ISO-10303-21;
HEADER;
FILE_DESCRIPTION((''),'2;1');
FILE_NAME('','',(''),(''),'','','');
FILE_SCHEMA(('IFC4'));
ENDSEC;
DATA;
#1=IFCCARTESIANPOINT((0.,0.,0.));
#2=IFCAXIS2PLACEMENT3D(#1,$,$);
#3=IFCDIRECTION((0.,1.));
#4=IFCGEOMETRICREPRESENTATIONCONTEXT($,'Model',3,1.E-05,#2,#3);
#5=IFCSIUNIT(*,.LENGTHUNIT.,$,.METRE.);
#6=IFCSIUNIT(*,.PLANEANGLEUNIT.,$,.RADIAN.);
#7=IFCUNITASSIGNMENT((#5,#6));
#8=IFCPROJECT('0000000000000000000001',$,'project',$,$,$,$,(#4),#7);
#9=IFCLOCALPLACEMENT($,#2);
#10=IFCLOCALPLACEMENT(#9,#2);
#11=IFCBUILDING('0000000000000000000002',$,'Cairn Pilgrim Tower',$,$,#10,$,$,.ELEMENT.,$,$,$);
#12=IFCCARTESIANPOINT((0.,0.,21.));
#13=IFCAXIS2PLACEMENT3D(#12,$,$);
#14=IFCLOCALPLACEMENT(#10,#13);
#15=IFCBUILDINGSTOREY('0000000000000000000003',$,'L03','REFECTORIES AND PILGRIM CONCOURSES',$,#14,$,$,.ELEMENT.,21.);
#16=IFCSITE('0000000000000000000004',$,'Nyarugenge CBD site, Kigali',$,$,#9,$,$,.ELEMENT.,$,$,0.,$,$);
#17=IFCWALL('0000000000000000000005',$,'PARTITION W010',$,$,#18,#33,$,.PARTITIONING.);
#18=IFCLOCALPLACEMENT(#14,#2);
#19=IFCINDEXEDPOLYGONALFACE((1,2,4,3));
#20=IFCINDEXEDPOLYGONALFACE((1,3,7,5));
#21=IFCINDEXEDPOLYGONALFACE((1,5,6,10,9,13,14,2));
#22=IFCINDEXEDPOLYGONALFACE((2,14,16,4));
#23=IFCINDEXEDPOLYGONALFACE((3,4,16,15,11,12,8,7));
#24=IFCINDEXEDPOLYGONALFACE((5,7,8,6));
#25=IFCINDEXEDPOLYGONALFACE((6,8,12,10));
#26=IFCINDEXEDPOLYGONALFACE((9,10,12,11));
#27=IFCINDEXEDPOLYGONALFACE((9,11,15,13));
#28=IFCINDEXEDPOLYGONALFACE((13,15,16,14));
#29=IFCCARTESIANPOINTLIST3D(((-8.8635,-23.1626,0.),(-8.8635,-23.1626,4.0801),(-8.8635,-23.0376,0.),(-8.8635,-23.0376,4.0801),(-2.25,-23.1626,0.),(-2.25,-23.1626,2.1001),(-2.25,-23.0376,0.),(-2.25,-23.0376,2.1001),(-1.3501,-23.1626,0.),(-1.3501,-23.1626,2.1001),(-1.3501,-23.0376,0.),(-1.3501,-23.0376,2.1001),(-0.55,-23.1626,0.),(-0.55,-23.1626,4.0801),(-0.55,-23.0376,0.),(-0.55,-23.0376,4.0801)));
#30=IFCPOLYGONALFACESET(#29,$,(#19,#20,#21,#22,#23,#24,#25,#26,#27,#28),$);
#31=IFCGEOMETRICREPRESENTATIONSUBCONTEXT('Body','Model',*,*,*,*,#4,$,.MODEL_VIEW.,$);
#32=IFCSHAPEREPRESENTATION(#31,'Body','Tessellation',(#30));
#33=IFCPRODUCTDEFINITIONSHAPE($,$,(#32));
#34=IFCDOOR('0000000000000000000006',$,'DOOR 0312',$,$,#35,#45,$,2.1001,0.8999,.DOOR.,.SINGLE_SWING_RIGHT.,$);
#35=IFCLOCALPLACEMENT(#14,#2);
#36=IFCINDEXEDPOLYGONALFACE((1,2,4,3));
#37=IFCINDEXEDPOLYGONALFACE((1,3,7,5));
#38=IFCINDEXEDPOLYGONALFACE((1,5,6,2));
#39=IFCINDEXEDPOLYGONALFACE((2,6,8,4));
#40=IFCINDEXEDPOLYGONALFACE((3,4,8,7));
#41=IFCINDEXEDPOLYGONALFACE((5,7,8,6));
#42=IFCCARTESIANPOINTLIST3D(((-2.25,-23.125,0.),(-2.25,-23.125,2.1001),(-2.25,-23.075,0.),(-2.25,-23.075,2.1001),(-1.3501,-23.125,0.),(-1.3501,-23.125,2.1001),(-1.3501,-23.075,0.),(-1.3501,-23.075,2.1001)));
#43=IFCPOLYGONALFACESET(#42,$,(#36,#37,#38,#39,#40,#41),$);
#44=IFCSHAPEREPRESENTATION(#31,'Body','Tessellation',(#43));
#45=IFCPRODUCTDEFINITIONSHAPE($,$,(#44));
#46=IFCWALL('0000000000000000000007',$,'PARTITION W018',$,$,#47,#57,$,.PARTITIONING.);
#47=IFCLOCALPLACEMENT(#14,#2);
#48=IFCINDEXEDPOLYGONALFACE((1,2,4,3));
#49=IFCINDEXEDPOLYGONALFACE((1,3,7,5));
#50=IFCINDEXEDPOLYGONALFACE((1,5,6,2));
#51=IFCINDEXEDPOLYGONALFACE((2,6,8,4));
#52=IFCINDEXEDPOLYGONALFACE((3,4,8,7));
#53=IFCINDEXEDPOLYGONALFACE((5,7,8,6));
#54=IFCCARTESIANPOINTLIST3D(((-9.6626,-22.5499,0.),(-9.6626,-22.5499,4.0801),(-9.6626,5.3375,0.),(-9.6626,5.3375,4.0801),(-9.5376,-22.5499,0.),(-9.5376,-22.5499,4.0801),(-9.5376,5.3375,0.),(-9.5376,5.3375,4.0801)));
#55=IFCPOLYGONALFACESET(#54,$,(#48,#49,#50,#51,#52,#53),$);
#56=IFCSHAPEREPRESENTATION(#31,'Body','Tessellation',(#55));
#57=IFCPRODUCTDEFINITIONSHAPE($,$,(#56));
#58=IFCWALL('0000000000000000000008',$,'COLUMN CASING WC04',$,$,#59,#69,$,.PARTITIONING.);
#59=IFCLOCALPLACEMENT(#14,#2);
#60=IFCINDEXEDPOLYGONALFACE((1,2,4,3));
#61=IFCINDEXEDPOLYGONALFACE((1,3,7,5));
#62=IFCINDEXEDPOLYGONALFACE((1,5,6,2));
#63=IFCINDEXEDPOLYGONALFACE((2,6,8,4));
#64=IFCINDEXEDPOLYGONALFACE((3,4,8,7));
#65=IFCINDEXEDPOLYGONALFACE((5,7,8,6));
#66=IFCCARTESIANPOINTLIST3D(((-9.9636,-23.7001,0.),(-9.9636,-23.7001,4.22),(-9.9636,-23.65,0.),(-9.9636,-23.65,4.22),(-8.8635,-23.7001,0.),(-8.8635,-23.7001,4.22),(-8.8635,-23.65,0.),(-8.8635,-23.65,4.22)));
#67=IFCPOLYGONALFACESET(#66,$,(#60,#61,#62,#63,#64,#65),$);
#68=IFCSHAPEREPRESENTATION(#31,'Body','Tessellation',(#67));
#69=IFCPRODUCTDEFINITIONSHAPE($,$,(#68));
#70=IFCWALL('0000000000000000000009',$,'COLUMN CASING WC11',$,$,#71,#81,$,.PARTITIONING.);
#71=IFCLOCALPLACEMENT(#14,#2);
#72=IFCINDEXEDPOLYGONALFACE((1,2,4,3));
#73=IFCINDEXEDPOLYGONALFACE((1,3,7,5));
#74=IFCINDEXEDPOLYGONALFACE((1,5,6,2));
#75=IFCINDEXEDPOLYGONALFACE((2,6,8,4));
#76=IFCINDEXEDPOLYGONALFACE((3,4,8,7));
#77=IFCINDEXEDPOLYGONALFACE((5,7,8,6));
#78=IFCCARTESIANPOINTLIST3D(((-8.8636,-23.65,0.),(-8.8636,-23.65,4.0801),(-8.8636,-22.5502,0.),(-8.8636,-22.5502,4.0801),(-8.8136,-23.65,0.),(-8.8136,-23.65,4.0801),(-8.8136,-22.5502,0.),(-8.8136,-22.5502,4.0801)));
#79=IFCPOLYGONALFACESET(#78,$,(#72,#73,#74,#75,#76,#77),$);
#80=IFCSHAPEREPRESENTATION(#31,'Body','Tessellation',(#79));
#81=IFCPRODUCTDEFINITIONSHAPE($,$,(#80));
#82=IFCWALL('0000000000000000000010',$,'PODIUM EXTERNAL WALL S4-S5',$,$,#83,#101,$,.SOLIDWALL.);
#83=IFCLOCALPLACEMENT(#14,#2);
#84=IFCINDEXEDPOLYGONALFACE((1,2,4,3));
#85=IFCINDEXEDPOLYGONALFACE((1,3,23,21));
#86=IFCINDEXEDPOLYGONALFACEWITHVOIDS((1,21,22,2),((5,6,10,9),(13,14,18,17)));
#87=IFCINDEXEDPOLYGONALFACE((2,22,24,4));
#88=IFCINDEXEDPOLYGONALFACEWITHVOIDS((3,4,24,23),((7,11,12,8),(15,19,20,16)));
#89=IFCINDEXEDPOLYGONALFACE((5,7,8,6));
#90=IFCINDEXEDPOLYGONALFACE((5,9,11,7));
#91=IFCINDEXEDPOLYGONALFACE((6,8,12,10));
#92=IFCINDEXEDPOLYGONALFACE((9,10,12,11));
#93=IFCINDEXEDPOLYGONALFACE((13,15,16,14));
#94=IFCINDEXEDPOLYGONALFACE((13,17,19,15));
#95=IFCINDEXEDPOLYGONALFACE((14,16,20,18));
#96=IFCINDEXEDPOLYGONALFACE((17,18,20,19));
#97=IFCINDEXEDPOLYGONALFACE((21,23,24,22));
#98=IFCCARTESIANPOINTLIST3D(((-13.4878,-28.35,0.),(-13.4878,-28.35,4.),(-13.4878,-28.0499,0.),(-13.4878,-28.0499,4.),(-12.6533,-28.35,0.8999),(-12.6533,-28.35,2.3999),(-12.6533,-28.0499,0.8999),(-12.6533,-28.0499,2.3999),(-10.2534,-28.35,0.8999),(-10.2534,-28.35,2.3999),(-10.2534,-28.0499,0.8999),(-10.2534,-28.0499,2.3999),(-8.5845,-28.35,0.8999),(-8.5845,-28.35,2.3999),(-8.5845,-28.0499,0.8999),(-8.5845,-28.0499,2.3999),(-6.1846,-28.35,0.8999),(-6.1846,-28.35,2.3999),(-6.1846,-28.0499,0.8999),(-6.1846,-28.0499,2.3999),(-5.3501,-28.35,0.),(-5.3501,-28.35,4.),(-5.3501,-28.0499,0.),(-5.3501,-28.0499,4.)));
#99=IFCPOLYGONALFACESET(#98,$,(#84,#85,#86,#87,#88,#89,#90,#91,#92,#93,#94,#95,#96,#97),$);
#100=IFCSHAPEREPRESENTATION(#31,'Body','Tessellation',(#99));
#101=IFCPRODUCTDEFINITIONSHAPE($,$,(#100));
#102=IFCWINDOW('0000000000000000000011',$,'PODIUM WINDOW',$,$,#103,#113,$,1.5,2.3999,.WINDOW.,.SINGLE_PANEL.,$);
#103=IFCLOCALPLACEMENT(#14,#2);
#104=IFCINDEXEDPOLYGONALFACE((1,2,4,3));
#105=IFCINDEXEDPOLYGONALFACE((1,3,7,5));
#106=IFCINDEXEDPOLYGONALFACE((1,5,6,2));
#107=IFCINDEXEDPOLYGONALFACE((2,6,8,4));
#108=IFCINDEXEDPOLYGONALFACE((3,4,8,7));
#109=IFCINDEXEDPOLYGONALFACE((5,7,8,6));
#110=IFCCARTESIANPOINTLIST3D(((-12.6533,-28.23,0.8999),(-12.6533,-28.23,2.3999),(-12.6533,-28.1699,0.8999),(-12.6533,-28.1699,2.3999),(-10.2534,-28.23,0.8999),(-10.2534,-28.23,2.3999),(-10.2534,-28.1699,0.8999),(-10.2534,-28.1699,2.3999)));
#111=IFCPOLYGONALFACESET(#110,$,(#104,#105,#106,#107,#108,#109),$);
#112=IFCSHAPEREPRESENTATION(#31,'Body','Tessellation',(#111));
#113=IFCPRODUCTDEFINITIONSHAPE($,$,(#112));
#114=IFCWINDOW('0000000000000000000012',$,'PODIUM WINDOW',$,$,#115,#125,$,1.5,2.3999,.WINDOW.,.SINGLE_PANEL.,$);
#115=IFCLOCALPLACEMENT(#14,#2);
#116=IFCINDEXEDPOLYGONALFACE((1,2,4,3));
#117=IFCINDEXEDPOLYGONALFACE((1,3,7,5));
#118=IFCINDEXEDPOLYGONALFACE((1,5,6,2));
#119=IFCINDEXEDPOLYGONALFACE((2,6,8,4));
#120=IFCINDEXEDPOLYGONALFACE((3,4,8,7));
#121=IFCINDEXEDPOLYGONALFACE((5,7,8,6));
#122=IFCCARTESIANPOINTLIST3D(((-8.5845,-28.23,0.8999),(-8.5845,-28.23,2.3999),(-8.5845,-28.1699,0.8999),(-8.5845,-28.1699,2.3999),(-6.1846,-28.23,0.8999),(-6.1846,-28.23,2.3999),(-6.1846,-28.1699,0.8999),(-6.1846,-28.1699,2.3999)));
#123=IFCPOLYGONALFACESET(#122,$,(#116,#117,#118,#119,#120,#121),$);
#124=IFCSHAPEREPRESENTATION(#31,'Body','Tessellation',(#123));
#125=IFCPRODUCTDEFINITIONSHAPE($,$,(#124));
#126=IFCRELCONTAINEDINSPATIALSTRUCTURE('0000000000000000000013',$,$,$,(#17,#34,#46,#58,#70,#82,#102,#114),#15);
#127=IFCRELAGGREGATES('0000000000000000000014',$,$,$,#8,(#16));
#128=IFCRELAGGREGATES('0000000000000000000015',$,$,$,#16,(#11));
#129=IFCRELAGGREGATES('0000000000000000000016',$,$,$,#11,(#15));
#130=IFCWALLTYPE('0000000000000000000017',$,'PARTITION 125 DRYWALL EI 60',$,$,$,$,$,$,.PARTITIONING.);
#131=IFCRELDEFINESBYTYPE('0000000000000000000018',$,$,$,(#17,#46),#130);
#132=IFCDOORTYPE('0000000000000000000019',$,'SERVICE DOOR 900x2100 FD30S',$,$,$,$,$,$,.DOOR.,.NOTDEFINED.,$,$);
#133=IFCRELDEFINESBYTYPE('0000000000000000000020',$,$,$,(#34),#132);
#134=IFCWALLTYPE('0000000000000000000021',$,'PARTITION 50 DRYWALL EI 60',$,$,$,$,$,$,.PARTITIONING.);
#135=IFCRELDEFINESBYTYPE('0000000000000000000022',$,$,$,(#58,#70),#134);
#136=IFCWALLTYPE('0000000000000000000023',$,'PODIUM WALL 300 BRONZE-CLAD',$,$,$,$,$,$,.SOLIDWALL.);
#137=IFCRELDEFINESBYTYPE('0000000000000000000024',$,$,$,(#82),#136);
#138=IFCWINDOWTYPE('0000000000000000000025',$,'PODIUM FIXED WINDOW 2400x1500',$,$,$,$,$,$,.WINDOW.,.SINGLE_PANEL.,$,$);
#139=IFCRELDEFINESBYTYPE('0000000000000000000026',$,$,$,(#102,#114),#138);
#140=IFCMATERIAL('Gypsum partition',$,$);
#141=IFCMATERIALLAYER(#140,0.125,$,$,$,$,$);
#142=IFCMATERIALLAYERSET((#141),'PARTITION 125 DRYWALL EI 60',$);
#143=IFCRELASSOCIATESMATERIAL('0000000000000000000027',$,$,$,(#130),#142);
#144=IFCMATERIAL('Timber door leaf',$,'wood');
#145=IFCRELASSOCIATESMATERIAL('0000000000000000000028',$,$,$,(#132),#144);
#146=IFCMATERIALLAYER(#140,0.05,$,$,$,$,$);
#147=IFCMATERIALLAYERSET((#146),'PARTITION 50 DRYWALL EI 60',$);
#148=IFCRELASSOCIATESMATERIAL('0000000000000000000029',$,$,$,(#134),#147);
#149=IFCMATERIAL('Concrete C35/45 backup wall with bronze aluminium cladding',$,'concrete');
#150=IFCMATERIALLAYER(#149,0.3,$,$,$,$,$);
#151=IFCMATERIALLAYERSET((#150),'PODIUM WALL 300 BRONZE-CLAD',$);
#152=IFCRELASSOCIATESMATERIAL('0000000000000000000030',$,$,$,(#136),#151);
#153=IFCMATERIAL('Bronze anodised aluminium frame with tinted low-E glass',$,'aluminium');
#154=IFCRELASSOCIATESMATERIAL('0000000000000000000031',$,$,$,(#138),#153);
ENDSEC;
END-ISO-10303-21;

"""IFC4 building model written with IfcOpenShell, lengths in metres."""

from ifc_helpers import new_model, si_unit, direction, frame, frame_2d, origin, place, context, subcontext, project, spatial, rectangle, extrude, material, layer, layer_set, type_object, element, fill, save


model = new_model("IFC4")

# Units and contexts
model_context = context("Model", 3, precision=1e-05, world=origin(), true_north=direction((0.0, 1.0)))
body_context = subcontext(model_context, "Body", "Model", "MODEL_VIEW")
ifc_project = project(units=[si_unit("LENGTHUNIT", "METRE"), si_unit("PLANEANGLEUNIT", "RADIAN")], contexts=[model_context])

# Site, building, storey
site_placement = place(None, origin())
site = spatial("IfcSite", under=ifc_project, at=site_placement, Name="Nyarugenge CBD site, Kigali", CompositionType="ELEMENT", RefElevation=0.0)
building_placement = place(site_placement, origin())
building = spatial("IfcBuilding", under=site, at=building_placement, Name="Cairn Pilgrim Tower", CompositionType="ELEMENT")
storey_placement = place(building_placement, frame((0.0, 0.0, 21.0)))
storey = spatial("IfcBuildingStorey", under=building, at=storey_placement, Name="L03", Description="REFECTORIES AND PILGRIM CONCOURSES", CompositionType="ELEMENT", Elevation=21.0)

# Shared definitions
ifc_material_1 = material(Name="Gypsum partition")
ifc_layer_1 = layer(ifc_material_1, 0.125)
ifc_layer_set_1 = layer_set([ifc_layer_1], Name="PARTITION 125 DRYWALL EI 60")
wall_type_1 = type_object("IfcWallType", Name="PARTITION 125 DRYWALL EI 60", PredefinedType="PARTITIONING", material=ifc_layer_set_1)

# Wall, opening, door
wall_1_placement = place(storey_placement, frame((-8.8635, -23.1001, 0.0), z_axis=(0.0, 0.0, 1.0), x_axis=(1.0, 0.0, 0.0)))
wall_1 = element("IfcWall", 1, at=wall_1_placement, inside=storey, type_object=wall_type_1, Name="PARTITION W010", PredefinedType="PARTITIONING", context=body_context, shape_type="SweptSolid", body=[
    extrude(rectangle(XDim=8.3135, YDim=0.125, at=frame_2d((4.1567, 0.0))), origin(), (0.0, 0.0, 1.0), 4.0801),
])
opening_1_placement = place(wall_1_placement, frame((6.6135, 0.0, 0.0)))
opening_1 = element("IfcOpeningElement", 2, at=opening_1_placement, cuts=wall_1, PredefinedType="OPENING", context=body_context, shape_type="SweptSolid", body=[
    extrude(rectangle(XDim=0.8999, YDim=2.1001, at=frame_2d((0.45, 1.05))), frame((0.0, 0.0725, 0.0), z_axis=(0.0, -1.0, 0.0), x_axis=(1.0, 0.0, 0.0)), (0.0, 0.0, 1.0), 0.145),
])
ifc_material_2 = material(Name="Timber door leaf", Category="wood")
door_type = type_object("IfcDoorType", Name="SERVICE DOOR 900x2100 FD30S", OperationType="NOTDEFINED", PredefinedType="DOOR", material=ifc_material_2)
door_placement = place(opening_1_placement, frame((0.8999, 0.0, 0.0), z_axis=(0.0, 0.0, 1.0), x_axis=(-1.0, 0.0, 0.0)))
door = element("IfcDoor", 3, at=door_placement, inside=storey, type_object=door_type, Name="DOOR 0312", OperationType="SINGLE_SWING_RIGHT", OverallHeight=2.1001, OverallWidth=0.8999, PredefinedType="DOOR", context=body_context, shape_type="SweptSolid", body=[
    extrude(rectangle(XDim=0.8999, YDim=2.1001, at=frame_2d((0.45, 1.05))), frame((0.0, 0.0249, 0.0), z_axis=(0.0, -1.0, 0.0), x_axis=(1.0, 0.0, 0.0)), (0.0, 0.0, 1.0), 0.05),
])
fill(opening_1, door)

# Walls
wall_2_placement = place(storey_placement, frame((-9.6001, -22.55, 0.0), z_axis=(0.0, 0.0, 1.0), x_axis=(0.0, 1.0, 0.0)))
element("IfcWall", 4, at=wall_2_placement, inside=storey, type_object=wall_type_1, Name="PARTITION W018", PredefinedType="PARTITIONING", context=body_context, shape_type="SweptSolid", body=[
    extrude(rectangle(XDim=27.8875, YDim=0.125, at=frame_2d((13.9438, 0.0))), origin(), (0.0, 0.0, 1.0), 4.0801),
])
ifc_layer_2 = layer(ifc_material_1, 0.05)
ifc_layer_set_2 = layer_set([ifc_layer_2], Name="PARTITION 50 DRYWALL EI 60")
wall_type_2 = type_object("IfcWallType", Name="PARTITION 50 DRYWALL EI 60", PredefinedType="PARTITIONING", material=ifc_layer_set_2)
wall_3_placement = place(storey_placement, frame((-9.9636, -23.675, 0.0), z_axis=(0.0, 0.0, 1.0), x_axis=(1.0, 0.0, 0.0)))
element("IfcWall", 5, at=wall_3_placement, inside=storey, type_object=wall_type_2, Name="COLUMN CASING WC04", PredefinedType="PARTITIONING", context=body_context, shape_type="SweptSolid", body=[
    extrude(rectangle(XDim=1.1001, YDim=0.05, at=frame_2d((0.55, 0.0))), origin(), (0.0, 0.0, 1.0), 4.22),
])
wall_4_placement = place(storey_placement, frame((-8.8386, -23.6499, 0.0), z_axis=(0.0, 0.0, 1.0), x_axis=(0.0, 1.0, 0.0)))
element("IfcWall", 6, at=wall_4_placement, inside=storey, type_object=wall_type_2, Name="COLUMN CASING WC11", PredefinedType="PARTITIONING", context=body_context, shape_type="SweptSolid", body=[
    extrude(rectangle(XDim=1.0999, YDim=0.05, at=frame_2d((0.5498, 0.0))), origin(), (0.0, 0.0, 1.0), 4.0801),
])

# Wall, openings, windows
ifc_material_3 = material(Name="Concrete C35/45 backup wall with bronze aluminium cladding", Category="concrete")
ifc_layer_3 = layer(ifc_material_3, 0.3)
ifc_layer_set_3 = layer_set([ifc_layer_3], Name="PODIUM WALL 300 BRONZE-CLAD")
wall_type_3 = type_object("IfcWallType", Name="PODIUM WALL 300 BRONZE-CLAD", PredefinedType="SOLIDWALL", material=ifc_layer_set_3)
wall_5_placement = place(storey_placement, frame((-13.4878, -28.2, 0.0), z_axis=(0.0, 0.0, 1.0), x_axis=(1.0, 0.0, 0.0)))
wall_5 = element("IfcWall", 7, at=wall_5_placement, inside=storey, type_object=wall_type_3, Name="PODIUM EXTERNAL WALL S4-S5", PredefinedType="SOLIDWALL", context=body_context, shape_type="SweptSolid", body=[
    extrude(rectangle(XDim=8.1377, YDim=0.3, at=frame_2d((4.0688, 0.0))), origin(), (0.0, 0.0, 1.0), 4.0),
])
opening_2_placement = place(wall_5_placement, frame((0.8345, 0.0, 0.8999)))
opening_2 = element("IfcOpeningElement", 8, at=opening_2_placement, cuts=wall_5, PredefinedType="OPENING", context=body_context, shape_type="SweptSolid", body=[
    extrude(rectangle(XDim=2.3999, YDim=1.5, at=frame_2d((1.2, 0.75))), frame((0.0, 0.1602, 0.0), z_axis=(0.0, -1.0, 0.0), x_axis=(1.0, 0.0, 0.0)), (0.0, 0.0, 1.0), 0.3201),
])
opening_3_placement = place(wall_5_placement, frame((4.9033, 0.0, 0.8999)))
opening_3 = element("IfcOpeningElement", 9, at=opening_3_placement, cuts=wall_5, PredefinedType="OPENING", context=body_context, shape_type="SweptSolid", body=[
    extrude(rectangle(XDim=2.3999, YDim=1.5, at=frame_2d((1.2, 0.75))), frame((0.0, 0.1602, 0.0), z_axis=(0.0, -1.0, 0.0), x_axis=(1.0, 0.0, 0.0)), (0.0, 0.0, 1.0), 0.3201),
])
ifc_material_4 = material(Name="Bronze anodised aluminium frame with tinted low-E glass", Category="aluminium")
window_type = type_object("IfcWindowType", Name="PODIUM FIXED WINDOW 2400x1500", PartitioningType="SINGLE_PANEL", PredefinedType="WINDOW", material=ifc_material_4)
window_1_placement = place(opening_2_placement, origin())
window_1 = element("IfcWindow", 10, at=window_1_placement, inside=storey, type_object=window_type, Name="PODIUM WINDOW", OverallHeight=1.5, OverallWidth=2.3999, PartitioningType="SINGLE_PANEL", PredefinedType="WINDOW", context=body_context, shape_type="SweptSolid", body=[
    extrude(rectangle(XDim=2.3999, YDim=1.5, at=frame_2d((1.2, 0.75))), frame((0.0, 0.03, 0.0), z_axis=(0.0, -1.0, 0.0), x_axis=(1.0, 0.0, 0.0)), (0.0, 0.0, 1.0), 0.0601),
])
fill(opening_2, window_1)
window_2_placement = place(opening_3_placement, origin())
window_2 = element("IfcWindow", 11, at=window_2_placement, inside=storey, type_object=window_type, Name="PODIUM WINDOW", OverallHeight=1.5, OverallWidth=2.3999, PartitioningType="SINGLE_PANEL", PredefinedType="WINDOW", context=body_context, shape_type="SweptSolid", body=[
    extrude(rectangle(XDim=2.3999, YDim=1.5, at=frame_2d((1.2, 0.75))), frame((0.0, 0.03, 0.0), z_axis=(0.0, -1.0, 0.0), x_axis=(1.0, 0.0, 0.0)), (0.0, 0.0, 1.0), 0.0601),
])
fill(opening_3, window_2)

save(model, "model.ifc")
